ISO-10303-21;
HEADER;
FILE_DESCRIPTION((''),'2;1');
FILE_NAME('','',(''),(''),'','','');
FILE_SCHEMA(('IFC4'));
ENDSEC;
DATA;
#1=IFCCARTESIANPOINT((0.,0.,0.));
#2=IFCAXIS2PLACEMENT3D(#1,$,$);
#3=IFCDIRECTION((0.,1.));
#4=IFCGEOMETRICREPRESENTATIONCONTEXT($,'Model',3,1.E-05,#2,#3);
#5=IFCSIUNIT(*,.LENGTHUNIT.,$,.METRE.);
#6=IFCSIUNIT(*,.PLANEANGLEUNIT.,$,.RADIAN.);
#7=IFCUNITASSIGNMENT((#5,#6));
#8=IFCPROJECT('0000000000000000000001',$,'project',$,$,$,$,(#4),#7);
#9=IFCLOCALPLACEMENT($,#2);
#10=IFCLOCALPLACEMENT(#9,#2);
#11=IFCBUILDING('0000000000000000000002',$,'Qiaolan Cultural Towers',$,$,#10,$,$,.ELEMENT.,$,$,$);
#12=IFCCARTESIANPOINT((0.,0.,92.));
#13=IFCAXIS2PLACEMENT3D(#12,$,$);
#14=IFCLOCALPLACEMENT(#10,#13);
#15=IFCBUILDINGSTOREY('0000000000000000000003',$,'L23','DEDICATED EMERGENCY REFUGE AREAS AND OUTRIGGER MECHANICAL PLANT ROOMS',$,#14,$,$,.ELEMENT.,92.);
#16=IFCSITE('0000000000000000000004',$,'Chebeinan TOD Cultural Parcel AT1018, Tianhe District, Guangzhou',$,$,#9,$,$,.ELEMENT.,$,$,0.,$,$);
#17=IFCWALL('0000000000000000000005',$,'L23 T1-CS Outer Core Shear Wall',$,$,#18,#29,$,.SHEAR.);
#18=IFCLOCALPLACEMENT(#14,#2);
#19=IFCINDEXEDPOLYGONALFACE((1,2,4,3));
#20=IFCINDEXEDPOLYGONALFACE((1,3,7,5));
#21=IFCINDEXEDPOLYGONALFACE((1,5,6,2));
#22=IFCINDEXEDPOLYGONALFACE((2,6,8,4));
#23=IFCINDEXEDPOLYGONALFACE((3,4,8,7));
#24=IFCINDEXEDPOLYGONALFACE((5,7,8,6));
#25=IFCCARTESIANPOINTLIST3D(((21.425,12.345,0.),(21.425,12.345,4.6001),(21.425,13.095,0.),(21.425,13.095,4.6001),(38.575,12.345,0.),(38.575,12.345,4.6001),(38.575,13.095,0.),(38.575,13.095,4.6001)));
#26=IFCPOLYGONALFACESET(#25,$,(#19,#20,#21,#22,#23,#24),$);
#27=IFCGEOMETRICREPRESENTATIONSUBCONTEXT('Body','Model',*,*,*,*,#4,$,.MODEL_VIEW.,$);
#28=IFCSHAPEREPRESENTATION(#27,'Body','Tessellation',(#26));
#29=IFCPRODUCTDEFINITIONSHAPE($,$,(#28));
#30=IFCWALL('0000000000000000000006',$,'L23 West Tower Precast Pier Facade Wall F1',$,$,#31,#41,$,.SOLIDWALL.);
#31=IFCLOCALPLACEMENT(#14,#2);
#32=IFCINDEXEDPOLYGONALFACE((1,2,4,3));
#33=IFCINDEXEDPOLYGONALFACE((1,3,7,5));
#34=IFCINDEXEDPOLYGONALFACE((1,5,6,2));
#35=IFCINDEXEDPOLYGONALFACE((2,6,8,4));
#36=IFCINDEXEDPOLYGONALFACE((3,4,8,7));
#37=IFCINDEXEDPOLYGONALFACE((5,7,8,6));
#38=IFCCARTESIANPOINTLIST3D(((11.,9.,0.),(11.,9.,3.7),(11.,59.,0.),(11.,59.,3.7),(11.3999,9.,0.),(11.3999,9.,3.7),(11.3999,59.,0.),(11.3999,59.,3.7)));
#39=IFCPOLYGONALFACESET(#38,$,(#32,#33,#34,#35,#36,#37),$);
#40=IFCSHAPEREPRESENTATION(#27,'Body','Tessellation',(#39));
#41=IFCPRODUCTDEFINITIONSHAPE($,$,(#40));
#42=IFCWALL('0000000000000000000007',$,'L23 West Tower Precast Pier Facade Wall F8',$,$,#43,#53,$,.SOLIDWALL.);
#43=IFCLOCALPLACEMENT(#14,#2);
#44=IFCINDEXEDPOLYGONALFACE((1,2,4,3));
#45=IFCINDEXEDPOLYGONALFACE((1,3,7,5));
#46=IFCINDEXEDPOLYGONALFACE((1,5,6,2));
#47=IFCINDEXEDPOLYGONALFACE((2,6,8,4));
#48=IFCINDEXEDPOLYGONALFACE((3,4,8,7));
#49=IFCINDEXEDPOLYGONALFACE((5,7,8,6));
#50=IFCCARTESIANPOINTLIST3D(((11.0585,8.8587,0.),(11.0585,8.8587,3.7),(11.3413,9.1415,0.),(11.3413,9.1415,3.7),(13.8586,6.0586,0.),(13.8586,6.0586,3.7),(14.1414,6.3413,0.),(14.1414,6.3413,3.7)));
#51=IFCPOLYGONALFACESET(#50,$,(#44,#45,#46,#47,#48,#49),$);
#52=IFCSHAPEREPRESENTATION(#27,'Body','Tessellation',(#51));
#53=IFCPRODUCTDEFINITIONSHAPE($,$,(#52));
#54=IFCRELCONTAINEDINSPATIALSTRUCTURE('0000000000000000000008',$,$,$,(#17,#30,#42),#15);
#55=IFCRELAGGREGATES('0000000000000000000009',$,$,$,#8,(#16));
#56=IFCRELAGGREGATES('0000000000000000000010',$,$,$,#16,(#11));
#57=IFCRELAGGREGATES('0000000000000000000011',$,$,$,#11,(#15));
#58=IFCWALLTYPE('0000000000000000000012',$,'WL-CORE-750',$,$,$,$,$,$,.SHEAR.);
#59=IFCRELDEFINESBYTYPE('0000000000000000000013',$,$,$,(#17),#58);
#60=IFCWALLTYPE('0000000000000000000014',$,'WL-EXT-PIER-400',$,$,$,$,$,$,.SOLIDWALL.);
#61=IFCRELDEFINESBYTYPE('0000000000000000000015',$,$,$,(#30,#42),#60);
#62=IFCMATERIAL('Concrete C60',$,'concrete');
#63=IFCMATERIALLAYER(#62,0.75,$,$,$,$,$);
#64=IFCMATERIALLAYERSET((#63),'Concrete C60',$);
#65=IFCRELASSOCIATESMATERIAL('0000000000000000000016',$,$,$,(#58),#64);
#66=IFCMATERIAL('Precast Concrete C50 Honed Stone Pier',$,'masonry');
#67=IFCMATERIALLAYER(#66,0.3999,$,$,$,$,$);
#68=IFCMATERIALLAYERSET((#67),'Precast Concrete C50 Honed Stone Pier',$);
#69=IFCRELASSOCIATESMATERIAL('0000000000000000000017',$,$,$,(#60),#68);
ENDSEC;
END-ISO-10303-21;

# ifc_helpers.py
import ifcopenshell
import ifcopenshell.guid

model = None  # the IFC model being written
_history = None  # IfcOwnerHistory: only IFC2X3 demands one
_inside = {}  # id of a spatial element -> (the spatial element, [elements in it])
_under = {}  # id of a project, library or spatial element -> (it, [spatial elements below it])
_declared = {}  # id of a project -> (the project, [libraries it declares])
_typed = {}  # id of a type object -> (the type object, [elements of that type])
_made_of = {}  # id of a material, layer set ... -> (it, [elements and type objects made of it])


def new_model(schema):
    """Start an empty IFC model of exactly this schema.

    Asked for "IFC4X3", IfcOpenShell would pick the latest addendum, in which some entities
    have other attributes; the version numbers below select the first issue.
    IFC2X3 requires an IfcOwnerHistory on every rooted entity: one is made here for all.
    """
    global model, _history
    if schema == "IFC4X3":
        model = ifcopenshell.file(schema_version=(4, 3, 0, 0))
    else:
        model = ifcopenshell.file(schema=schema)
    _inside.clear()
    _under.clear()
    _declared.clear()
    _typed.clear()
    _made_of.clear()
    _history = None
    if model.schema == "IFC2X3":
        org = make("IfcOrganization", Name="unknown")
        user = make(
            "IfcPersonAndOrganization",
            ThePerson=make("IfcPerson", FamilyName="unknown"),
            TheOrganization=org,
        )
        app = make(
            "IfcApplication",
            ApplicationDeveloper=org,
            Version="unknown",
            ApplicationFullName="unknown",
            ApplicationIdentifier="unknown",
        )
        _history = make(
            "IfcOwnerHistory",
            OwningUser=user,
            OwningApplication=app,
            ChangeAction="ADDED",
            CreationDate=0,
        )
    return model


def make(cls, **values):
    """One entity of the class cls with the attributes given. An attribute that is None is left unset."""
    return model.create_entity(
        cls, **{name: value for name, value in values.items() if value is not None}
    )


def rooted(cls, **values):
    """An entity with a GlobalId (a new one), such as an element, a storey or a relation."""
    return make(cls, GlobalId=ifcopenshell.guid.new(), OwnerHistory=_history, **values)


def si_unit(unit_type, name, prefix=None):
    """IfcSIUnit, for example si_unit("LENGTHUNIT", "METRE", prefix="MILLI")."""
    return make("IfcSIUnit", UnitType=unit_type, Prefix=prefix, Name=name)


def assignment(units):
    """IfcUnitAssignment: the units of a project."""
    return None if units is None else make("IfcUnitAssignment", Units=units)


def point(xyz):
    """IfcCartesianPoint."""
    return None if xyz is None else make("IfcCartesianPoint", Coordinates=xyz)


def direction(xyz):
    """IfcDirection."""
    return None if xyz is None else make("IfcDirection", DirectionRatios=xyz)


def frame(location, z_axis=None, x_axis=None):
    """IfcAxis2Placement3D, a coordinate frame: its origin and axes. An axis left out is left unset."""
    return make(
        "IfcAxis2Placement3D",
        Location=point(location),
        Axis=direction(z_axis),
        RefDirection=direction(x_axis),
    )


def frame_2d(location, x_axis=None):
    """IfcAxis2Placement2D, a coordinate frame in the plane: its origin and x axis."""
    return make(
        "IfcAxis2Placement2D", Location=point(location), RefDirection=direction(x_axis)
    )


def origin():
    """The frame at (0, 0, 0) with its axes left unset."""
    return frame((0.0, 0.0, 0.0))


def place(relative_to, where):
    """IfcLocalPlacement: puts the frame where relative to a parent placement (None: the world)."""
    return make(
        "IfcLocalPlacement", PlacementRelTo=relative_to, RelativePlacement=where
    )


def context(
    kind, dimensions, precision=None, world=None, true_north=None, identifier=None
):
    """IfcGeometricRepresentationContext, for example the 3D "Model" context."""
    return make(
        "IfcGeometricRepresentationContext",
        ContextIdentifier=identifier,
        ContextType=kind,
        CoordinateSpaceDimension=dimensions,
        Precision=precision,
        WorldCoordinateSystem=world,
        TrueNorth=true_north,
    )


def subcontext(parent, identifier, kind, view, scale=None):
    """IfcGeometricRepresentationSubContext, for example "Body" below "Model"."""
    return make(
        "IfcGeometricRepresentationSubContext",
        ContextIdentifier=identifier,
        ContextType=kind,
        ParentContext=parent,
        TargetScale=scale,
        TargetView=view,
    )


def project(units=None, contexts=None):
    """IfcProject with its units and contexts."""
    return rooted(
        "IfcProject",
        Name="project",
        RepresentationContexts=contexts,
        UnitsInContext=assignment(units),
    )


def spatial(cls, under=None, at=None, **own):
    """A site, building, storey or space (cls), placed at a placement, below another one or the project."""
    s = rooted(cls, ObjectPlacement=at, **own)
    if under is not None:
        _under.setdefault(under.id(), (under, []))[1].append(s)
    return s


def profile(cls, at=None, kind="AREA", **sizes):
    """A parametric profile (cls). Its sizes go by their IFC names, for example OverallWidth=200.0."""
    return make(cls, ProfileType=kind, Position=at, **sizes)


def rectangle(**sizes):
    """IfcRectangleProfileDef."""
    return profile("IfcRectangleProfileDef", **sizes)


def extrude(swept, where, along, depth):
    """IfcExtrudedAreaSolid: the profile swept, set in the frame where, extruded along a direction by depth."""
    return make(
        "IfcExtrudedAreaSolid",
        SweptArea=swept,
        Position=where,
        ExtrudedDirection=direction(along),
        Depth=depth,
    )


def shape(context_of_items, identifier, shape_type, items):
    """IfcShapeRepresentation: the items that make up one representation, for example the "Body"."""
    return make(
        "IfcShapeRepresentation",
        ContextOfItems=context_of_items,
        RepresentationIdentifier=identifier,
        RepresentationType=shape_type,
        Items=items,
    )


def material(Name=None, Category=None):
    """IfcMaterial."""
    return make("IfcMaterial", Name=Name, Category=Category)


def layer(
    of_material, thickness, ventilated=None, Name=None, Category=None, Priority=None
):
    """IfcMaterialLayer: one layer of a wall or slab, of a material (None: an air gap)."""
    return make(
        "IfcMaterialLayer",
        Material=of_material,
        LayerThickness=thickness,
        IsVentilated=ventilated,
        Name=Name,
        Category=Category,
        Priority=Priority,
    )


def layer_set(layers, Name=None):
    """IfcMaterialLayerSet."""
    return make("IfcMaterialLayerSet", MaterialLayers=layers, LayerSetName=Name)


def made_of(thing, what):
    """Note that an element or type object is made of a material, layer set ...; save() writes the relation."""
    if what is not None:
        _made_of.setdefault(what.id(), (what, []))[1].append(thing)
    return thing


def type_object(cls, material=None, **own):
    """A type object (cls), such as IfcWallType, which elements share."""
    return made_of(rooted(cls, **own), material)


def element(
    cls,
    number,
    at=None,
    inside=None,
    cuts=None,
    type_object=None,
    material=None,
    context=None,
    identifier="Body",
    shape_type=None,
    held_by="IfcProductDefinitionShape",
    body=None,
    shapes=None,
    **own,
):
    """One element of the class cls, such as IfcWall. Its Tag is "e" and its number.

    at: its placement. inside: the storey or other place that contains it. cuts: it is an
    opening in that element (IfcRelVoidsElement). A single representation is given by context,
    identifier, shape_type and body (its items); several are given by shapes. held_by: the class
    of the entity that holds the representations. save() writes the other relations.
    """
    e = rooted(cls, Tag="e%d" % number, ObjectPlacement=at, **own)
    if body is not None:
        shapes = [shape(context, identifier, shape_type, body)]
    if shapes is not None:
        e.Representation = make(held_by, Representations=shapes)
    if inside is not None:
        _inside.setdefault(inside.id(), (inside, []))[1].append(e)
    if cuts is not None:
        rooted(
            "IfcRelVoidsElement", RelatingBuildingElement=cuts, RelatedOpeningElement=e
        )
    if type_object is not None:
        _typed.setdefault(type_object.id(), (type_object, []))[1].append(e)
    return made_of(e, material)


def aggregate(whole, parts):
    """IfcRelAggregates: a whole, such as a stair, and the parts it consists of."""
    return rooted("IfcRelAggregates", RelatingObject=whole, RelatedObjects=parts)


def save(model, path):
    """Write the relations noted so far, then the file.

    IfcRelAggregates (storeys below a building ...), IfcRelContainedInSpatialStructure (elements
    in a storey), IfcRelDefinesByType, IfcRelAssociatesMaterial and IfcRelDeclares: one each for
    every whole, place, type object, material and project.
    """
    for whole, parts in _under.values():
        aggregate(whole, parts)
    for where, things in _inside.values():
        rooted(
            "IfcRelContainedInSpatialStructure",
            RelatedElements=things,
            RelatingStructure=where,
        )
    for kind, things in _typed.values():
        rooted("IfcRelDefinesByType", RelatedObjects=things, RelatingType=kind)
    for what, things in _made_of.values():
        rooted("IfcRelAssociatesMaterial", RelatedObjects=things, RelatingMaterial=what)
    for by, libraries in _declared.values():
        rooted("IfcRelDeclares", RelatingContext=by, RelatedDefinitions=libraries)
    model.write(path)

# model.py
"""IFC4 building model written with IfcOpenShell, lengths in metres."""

from ifc_helpers import new_model, si_unit, direction, frame, frame_2d, origin, place, context, subcontext, project, spatial, rectangle, extrude, material, layer, layer_set, type_object, element, save


model = new_model("IFC4")

# Units and contexts
model_context = context("Model", 3, precision=1e-05, world=origin(), true_north=direction((0.0, 1.0)))
body_context = subcontext(model_context, "Body", "Model", "MODEL_VIEW")
ifc_project = project(units=[si_unit("LENGTHUNIT", "METRE"), si_unit("PLANEANGLEUNIT", "RADIAN")], contexts=[model_context])

# Site, building, storey
site_placement = place(None, origin())
site = spatial("IfcSite", under=ifc_project, at=site_placement, Name="Chebeinan TOD Cultural Parcel AT1018, Tianhe District, Guangzhou", CompositionType="ELEMENT", RefElevation=0.0)
building_placement = place(site_placement, origin())
building = spatial("IfcBuilding", under=site, at=building_placement, Name="Qiaolan Cultural Towers", CompositionType="ELEMENT")
storey_placement = place(building_placement, frame((0.0, 0.0, 92.0)))
storey = spatial("IfcBuildingStorey", under=building, at=storey_placement, Name="L23", Description="DEDICATED EMERGENCY REFUGE AREAS AND OUTRIGGER MECHANICAL PLANT ROOMS", CompositionType="ELEMENT", Elevation=92.0)

# Walls
ifc_material_1 = material(Name="Concrete C60", Category="concrete")
ifc_layer_1 = layer(ifc_material_1, 0.75)
ifc_layer_set_1 = layer_set([ifc_layer_1], Name="Concrete C60")
wall_type_1 = type_object("IfcWallType", Name="WL-CORE-750", PredefinedType="SHEAR", material=ifc_layer_set_1)
wall_1_placement = place(storey_placement, frame((21.425, 12.72, 0.0), z_axis=(0.0, 0.0, 1.0), x_axis=(1.0, 0.0, 0.0)))
element("IfcWall", 1, at=wall_1_placement, inside=storey, type_object=wall_type_1, Name="L23 T1-CS Outer Core Shear Wall", PredefinedType="SHEAR", context=body_context, shape_type="SweptSolid", body=[
    extrude(rectangle(XDim=17.1499, YDim=0.75, at=frame_2d((8.575, 0.0))), origin(), (0.0, 0.0, 1.0), 4.6001),
])
ifc_material_2 = material(Name="Precast Concrete C50 Honed Stone Pier", Category="masonry")
ifc_layer_2 = layer(ifc_material_2, 0.3999)
ifc_layer_set_2 = layer_set([ifc_layer_2], Name="Precast Concrete C50 Honed Stone Pier")
wall_type_2 = type_object("IfcWallType", Name="WL-EXT-PIER-400", PredefinedType="SOLIDWALL", material=ifc_layer_set_2)
wall_2_placement = place(storey_placement, frame((11.2, 9.0, 0.0), z_axis=(0.0, 0.0, 1.0), x_axis=(0.0, 1.0, 0.0)))
element("IfcWall", 2, at=wall_2_placement, inside=storey, type_object=wall_type_2, Name="L23 West Tower Precast Pier Facade Wall F1", PredefinedType="SOLIDWALL", context=body_context, shape_type="SweptSolid", body=[
    extrude(rectangle(XDim=50.0, YDim=0.3999, at=frame_2d((25.0, 0.0))), origin(), (0.0, 0.0, 1.0), 3.7),
])
wall_3_placement = place(storey_placement, frame((14.0, 6.2, 0.0), z_axis=(0.0, 0.0, 1.0), x_axis=(-0.707107, 0.707107, 0.0)))
element("IfcWall", 3, at=wall_3_placement, inside=storey, type_object=wall_type_2, Name="L23 West Tower Precast Pier Facade Wall F8", PredefinedType="SOLIDWALL", context=body_context, shape_type="SweptSolid", body=[
    extrude(rectangle(XDim=3.96, YDim=0.3999, at=frame_2d((1.98, 0.0))), origin(), (0.0, 0.0, 1.0), 3.7),
])

save(model, "model.ifc")
